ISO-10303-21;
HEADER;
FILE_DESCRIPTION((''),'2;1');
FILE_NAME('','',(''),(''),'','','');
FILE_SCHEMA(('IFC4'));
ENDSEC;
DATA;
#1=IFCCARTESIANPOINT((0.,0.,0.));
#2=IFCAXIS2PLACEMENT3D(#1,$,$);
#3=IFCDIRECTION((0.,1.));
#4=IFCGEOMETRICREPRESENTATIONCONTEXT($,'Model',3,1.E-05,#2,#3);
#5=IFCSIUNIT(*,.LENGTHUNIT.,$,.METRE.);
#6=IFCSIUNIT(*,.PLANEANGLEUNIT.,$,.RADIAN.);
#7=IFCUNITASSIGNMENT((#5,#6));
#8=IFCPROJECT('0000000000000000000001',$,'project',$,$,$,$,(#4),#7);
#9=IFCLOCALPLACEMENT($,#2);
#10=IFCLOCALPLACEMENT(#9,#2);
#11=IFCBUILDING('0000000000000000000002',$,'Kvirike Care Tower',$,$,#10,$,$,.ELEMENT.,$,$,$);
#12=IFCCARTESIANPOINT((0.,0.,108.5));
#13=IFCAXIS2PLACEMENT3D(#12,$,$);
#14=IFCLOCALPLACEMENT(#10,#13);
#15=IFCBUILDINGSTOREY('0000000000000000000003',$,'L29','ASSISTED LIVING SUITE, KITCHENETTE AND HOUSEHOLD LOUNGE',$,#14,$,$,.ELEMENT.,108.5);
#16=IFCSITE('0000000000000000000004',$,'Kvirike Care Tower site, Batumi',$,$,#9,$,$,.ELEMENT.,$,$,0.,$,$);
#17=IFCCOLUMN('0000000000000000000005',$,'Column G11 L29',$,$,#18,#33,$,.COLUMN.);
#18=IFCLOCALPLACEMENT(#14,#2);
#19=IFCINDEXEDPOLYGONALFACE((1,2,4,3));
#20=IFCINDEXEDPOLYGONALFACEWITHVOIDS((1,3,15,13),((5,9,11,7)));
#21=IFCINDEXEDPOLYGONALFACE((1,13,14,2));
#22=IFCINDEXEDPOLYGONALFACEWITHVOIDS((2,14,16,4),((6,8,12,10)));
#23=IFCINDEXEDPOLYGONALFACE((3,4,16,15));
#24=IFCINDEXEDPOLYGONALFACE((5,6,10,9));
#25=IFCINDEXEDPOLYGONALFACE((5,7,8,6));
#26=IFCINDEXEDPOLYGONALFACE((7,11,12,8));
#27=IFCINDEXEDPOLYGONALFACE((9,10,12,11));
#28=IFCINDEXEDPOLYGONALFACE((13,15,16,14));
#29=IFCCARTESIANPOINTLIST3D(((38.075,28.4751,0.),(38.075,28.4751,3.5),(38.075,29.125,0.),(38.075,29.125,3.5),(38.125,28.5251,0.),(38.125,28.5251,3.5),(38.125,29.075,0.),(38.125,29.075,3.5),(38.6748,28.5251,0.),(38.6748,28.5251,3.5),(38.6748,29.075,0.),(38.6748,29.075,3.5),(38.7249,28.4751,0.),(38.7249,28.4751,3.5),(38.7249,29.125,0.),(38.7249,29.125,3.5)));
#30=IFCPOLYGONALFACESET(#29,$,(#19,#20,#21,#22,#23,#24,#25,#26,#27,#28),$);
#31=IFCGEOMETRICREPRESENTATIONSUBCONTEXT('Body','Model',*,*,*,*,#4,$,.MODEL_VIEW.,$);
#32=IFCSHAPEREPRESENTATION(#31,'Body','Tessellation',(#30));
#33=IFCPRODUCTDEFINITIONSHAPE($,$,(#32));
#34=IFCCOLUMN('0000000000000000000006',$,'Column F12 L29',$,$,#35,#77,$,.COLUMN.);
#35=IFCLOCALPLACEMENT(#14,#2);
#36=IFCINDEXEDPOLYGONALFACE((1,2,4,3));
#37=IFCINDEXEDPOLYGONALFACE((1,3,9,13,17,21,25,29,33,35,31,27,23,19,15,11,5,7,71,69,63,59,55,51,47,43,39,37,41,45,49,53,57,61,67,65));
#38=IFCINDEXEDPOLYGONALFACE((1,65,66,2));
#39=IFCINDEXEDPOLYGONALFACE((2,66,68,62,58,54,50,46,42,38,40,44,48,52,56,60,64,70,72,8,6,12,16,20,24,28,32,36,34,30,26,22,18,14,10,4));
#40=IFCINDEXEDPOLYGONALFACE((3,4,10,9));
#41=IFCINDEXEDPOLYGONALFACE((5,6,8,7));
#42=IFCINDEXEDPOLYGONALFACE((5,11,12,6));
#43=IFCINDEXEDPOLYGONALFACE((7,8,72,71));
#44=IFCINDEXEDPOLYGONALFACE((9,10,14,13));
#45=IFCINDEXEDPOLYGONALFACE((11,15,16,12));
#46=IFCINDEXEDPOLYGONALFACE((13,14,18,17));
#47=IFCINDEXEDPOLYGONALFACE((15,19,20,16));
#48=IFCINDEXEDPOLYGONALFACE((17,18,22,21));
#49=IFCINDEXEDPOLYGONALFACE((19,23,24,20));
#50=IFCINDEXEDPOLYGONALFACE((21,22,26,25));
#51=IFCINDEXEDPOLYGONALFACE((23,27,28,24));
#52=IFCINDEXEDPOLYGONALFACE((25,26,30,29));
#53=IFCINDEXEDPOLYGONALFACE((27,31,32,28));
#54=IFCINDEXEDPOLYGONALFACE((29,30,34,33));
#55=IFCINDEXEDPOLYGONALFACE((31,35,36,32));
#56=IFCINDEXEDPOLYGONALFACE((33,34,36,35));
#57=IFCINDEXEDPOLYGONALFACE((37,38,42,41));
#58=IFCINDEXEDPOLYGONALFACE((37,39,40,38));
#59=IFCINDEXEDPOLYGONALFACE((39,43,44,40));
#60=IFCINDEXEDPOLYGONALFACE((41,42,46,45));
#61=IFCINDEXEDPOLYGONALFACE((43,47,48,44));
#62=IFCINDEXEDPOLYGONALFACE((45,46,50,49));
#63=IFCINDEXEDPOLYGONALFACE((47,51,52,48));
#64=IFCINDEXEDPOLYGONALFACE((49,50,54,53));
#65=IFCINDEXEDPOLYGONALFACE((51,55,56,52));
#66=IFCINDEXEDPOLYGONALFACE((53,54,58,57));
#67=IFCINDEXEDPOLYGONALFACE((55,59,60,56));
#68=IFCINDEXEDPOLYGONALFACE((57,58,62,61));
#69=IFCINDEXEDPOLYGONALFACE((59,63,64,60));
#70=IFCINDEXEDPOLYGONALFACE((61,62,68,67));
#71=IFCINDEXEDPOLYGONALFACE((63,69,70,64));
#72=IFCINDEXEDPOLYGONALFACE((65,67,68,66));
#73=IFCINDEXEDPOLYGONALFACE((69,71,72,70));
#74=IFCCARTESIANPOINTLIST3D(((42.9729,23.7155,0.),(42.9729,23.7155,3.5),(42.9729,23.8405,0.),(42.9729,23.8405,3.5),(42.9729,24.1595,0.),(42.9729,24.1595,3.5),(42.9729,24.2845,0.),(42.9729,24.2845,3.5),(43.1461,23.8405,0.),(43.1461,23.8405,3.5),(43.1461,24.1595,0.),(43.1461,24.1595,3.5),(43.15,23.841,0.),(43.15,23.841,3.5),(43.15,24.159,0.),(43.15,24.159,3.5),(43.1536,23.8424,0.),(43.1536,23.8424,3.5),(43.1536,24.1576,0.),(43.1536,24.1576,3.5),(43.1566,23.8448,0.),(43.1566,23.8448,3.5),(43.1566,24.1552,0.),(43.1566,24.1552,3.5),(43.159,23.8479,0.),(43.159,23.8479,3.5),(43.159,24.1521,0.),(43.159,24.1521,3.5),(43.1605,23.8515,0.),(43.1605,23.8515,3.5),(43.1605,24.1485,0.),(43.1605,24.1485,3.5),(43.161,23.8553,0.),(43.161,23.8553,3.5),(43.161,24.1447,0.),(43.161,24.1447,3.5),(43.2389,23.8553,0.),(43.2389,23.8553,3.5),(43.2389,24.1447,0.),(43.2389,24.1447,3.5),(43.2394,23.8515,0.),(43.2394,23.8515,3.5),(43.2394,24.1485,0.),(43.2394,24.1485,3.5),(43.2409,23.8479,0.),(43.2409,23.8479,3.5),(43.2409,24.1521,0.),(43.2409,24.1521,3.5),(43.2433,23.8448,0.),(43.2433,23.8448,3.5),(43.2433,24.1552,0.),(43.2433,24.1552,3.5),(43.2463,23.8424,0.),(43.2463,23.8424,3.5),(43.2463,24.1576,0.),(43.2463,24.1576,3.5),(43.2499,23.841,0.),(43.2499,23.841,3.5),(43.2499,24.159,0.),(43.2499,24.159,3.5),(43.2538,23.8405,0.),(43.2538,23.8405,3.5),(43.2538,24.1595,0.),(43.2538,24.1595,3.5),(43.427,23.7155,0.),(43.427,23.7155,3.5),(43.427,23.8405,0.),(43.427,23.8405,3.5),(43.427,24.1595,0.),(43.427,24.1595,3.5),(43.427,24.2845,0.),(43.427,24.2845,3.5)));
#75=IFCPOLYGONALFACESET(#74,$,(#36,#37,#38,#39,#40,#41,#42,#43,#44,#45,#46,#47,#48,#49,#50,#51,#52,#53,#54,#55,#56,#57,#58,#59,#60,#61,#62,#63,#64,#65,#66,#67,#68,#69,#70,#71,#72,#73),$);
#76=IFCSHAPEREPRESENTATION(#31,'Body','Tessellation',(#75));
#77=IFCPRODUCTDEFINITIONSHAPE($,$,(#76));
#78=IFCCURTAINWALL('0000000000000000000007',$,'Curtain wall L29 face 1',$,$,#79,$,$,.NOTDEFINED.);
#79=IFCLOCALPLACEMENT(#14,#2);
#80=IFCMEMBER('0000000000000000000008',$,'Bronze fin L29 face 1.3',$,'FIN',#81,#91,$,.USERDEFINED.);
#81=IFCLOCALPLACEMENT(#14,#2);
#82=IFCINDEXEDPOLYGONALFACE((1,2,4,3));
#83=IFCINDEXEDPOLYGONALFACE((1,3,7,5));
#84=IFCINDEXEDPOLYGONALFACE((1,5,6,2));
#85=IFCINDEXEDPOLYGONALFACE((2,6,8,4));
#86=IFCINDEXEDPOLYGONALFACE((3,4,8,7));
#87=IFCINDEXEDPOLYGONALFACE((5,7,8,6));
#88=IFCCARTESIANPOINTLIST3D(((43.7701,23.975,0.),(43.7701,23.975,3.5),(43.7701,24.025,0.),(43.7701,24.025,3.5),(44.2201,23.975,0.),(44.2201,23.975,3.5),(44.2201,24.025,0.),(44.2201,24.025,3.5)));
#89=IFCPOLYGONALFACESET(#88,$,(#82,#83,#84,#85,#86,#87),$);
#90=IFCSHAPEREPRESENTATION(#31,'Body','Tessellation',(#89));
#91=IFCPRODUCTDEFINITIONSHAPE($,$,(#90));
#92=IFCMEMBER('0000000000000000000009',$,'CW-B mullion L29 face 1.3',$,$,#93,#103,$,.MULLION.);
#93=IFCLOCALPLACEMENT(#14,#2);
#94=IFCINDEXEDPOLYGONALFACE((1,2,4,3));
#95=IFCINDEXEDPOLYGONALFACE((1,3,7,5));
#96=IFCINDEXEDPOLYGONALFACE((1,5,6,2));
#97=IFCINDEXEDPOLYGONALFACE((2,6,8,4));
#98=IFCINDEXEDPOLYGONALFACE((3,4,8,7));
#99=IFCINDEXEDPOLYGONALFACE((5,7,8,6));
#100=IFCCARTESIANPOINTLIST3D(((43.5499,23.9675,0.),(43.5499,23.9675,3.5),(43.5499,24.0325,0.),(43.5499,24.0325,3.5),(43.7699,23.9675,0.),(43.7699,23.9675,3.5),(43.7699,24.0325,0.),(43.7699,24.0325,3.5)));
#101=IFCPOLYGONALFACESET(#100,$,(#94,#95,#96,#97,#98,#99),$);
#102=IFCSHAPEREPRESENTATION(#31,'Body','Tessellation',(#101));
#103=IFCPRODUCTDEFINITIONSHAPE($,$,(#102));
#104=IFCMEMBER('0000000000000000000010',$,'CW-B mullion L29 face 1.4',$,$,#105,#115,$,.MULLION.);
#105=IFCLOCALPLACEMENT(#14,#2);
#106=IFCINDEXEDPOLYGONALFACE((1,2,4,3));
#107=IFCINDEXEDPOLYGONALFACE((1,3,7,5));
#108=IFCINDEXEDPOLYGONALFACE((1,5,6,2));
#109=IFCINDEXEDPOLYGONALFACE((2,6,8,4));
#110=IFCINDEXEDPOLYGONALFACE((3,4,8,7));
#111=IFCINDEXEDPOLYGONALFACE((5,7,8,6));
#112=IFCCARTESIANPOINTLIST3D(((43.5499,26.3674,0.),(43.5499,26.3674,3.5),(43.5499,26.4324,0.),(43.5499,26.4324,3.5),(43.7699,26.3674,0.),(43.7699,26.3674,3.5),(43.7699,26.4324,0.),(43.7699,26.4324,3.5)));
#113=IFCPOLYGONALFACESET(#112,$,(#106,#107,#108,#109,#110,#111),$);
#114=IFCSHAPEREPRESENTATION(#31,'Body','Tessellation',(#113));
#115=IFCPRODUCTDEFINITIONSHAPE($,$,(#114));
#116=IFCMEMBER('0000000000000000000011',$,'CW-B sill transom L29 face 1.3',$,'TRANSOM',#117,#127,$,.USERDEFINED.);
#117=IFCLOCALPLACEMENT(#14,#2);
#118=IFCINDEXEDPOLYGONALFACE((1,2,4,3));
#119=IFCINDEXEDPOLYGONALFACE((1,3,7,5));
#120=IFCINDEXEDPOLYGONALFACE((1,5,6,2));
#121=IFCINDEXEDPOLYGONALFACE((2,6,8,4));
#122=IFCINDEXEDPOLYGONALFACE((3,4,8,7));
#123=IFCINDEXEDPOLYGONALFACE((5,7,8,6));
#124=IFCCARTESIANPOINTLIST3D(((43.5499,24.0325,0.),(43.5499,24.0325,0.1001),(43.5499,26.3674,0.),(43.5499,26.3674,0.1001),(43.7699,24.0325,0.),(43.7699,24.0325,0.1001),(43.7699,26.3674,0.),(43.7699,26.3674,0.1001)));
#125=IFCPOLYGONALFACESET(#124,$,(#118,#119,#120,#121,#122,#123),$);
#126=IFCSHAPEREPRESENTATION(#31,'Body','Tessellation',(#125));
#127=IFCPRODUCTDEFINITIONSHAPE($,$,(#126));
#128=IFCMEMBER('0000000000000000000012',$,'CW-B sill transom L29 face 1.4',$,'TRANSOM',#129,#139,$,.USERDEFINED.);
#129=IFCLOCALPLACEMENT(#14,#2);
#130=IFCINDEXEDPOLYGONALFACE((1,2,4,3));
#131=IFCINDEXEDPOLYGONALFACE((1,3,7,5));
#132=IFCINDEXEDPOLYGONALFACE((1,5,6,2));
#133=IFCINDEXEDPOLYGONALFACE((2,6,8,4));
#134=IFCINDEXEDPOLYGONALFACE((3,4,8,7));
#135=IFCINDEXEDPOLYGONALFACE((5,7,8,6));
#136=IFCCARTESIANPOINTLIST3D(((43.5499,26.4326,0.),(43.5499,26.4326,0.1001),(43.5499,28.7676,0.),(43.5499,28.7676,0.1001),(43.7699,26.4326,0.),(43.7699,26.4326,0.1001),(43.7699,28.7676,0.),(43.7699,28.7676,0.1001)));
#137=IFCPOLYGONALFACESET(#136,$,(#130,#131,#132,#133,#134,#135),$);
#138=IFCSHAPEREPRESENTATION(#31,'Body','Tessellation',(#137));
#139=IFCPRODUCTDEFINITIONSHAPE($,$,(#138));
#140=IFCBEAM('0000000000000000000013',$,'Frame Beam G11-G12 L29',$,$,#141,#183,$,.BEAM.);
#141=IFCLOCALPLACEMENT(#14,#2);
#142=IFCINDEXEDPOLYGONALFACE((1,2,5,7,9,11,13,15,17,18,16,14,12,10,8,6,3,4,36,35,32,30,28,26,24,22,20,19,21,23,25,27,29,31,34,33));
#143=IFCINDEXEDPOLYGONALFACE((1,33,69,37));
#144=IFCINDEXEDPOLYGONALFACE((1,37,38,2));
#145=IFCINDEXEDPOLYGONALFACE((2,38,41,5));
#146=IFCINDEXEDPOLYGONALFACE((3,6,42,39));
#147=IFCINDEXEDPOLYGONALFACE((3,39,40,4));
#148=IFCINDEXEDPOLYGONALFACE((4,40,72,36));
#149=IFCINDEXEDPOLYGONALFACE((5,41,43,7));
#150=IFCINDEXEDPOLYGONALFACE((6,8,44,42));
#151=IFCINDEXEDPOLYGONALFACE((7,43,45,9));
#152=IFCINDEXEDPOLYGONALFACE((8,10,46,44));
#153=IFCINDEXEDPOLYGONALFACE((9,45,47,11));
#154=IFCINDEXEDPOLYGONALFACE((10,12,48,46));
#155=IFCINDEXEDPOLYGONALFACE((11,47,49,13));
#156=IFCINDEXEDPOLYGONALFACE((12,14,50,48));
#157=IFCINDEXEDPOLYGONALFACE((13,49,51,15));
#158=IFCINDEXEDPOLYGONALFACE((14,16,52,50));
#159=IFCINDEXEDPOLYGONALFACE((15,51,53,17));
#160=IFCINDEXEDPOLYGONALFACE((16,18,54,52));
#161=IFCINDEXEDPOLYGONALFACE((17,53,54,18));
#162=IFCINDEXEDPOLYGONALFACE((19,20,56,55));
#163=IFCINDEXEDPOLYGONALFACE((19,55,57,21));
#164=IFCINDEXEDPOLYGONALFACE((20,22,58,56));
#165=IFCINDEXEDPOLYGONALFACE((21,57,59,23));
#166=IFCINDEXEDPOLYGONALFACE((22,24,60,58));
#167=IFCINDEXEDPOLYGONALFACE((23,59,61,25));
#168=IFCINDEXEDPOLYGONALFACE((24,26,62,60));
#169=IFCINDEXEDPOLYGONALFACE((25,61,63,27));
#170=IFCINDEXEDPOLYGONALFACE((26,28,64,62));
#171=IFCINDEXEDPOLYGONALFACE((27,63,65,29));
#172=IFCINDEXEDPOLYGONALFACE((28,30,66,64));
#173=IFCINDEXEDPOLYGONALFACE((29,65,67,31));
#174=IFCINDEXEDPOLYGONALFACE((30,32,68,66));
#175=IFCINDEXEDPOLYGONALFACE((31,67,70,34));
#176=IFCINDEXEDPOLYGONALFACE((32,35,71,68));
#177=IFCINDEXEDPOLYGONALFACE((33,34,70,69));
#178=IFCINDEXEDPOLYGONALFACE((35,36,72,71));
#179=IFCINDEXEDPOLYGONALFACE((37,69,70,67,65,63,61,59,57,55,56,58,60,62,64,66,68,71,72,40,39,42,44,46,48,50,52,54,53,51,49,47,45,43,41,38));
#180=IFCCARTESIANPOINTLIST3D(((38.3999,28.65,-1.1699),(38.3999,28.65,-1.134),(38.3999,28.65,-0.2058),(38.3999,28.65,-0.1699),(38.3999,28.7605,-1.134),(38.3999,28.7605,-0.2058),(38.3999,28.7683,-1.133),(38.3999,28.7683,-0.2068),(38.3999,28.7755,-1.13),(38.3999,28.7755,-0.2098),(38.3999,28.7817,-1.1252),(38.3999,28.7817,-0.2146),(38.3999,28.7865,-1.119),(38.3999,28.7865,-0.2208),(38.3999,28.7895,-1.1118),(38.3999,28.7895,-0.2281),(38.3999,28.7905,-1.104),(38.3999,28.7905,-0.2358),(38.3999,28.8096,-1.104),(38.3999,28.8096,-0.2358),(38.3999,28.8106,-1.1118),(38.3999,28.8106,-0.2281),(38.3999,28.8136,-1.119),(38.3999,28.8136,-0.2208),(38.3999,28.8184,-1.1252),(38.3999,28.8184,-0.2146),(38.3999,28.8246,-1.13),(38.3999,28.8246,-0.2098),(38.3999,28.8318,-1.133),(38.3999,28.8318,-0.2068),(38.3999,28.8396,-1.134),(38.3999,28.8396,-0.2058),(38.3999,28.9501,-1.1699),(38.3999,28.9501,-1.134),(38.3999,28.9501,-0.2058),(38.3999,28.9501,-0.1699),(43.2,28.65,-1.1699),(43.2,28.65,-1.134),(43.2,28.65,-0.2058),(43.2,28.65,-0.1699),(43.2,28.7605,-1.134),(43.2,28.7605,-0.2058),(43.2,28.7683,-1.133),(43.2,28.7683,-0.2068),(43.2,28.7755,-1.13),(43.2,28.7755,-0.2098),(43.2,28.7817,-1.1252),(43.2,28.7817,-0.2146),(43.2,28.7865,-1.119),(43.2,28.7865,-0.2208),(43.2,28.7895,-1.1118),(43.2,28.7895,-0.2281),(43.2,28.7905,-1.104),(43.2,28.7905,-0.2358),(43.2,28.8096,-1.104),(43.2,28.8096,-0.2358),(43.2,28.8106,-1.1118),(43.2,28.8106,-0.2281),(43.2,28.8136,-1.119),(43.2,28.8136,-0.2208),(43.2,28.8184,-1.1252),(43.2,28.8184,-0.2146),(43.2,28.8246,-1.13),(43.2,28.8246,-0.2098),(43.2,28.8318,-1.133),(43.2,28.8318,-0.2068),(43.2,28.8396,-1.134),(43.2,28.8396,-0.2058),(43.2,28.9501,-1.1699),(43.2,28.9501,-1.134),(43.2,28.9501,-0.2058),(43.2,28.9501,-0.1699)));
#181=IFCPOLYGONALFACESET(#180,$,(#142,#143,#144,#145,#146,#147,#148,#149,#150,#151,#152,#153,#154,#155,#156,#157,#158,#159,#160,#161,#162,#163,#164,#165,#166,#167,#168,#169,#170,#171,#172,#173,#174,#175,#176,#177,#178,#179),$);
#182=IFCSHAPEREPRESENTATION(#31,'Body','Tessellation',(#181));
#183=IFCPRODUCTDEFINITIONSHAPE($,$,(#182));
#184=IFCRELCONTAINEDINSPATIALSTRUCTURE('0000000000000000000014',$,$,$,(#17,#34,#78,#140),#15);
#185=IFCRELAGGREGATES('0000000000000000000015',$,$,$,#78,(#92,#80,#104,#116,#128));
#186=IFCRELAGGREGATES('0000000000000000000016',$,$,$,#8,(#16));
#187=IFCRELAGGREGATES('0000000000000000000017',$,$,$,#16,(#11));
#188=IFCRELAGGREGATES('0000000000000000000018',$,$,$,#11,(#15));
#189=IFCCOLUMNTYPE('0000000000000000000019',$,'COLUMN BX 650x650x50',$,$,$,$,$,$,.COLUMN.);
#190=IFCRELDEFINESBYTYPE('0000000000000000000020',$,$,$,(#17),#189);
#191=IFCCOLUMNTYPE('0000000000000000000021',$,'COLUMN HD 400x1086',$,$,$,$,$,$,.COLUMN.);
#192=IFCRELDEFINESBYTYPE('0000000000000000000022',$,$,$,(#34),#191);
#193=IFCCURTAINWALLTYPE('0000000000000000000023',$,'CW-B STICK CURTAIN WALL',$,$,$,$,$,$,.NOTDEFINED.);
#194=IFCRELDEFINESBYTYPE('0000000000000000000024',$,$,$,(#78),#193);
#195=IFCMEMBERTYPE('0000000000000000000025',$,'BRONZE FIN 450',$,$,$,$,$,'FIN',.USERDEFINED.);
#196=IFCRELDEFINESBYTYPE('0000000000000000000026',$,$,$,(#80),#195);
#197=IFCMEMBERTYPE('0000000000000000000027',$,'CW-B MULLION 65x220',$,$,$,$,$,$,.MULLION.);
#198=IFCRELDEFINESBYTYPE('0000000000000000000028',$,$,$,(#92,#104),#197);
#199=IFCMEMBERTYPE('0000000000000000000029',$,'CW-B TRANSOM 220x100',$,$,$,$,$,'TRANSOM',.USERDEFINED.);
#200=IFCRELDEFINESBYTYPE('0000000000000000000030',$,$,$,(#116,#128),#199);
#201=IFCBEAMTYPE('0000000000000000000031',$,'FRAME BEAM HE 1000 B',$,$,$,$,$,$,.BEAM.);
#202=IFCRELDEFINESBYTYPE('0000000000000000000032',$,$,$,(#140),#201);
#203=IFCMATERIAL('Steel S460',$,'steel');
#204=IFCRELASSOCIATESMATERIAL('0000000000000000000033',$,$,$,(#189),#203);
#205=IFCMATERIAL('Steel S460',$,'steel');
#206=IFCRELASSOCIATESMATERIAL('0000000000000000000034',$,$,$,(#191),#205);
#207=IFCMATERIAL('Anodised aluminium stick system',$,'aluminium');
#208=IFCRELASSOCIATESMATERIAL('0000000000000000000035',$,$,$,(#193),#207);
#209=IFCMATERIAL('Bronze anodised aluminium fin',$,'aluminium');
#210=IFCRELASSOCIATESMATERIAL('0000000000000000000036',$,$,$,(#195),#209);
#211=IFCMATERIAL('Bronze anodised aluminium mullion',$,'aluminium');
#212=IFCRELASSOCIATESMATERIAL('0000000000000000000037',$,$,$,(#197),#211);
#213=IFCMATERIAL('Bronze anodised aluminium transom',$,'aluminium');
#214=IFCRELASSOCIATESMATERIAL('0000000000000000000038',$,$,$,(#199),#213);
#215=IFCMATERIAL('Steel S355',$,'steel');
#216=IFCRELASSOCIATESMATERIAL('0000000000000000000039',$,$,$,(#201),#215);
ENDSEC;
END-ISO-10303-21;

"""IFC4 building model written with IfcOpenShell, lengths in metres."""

from ifc_helpers import new_model, si_unit, direction, frame, origin, origin_2d, place, context, subcontext, project, spatial, rectangle, hollow_rectangle, i_section, extrude, material, material_profile, profile_set, type_object, element, aggregate, save


model = new_model("IFC4")

# Units and contexts
model_context = context("Model", 3, precision=1e-05, world=origin(), true_north=direction((0.0, 1.0)))
body_context = subcontext(model_context, "Body", "Model", "MODEL_VIEW")
ifc_project = project(units=[si_unit("LENGTHUNIT", "METRE"), si_unit("PLANEANGLEUNIT", "RADIAN")], contexts=[model_context])

# Site, building, storey
site_placement = place(None, origin())
site = spatial("IfcSite", under=ifc_project, at=site_placement, Name="Kvirike Care Tower site, Batumi", CompositionType="ELEMENT", RefElevation=0.0)
building_placement = place(site_placement, origin())
building = spatial("IfcBuilding", under=site, at=building_placement, Name="Kvirike Care Tower", CompositionType="ELEMENT")
storey_placement = place(building_placement, frame((0.0, 0.0, 108.5)))
storey = spatial("IfcBuildingStorey", under=building, at=storey_placement, Name="L29", Description="ASSISTED LIVING SUITE, KITCHENETTE AND HOUSEHOLD LOUNGE", CompositionType="ELEMENT", Elevation=108.5)

# Columns
ifc_material_1 = material(Name="Steel S460", Category="steel")
ifc_material_profile_1 = material_profile(ifc_material_1, hollow_rectangle(XDim=0.6499, YDim=0.6499, WallThickness=0.05, at=origin_2d()), Name="BX 650x650x50")
ifc_profile_set_1 = profile_set([ifc_material_profile_1], Name="Steel S460")
column_type_1 = type_object("IfcColumnType", Name="COLUMN BX 650x650x50", PredefinedType="COLUMN", material=ifc_profile_set_1)
column_1_placement = place(storey_placement, frame((38.3999, 28.8, 0.0), z_axis=(0.0, 0.0, 1.0), x_axis=(0.0, 1.0, 0.0)))
element("IfcColumn", 1, at=column_1_placement, inside=storey, type_object=column_type_1, Name="Column G11 L29", PredefinedType="COLUMN", context=body_context, shape_type="SweptSolid", body=[
    extrude(hollow_rectangle(XDim=0.6499, YDim=0.6499, WallThickness=0.05, at=origin_2d()), origin(), (0.0, 0.0, 1.0), 3.5),
])
ifc_material_2 = material(Name="Steel S460", Category="steel")
ifc_material_profile_2 = material_profile(ifc_material_2, i_section(OverallWidth=0.4541, OverallDepth=0.5691, WebThickness=0.0779, FlangeThickness=0.125, FilletRadius=0.0149, at=origin_2d()), Name="HD 400x1086")
ifc_profile_set_2 = profile_set([ifc_material_profile_2], Name="Steel S460")
column_type_2 = type_object("IfcColumnType", Name="COLUMN HD 400x1086", PredefinedType="COLUMN", material=ifc_profile_set_2)
column_2_placement = place(storey_placement, frame((43.2, 24.0, 0.0), z_axis=(0.0, 0.0, 1.0), x_axis=(1.0, 0.0, 0.0)))
element("IfcColumn", 2, at=column_2_placement, inside=storey, type_object=column_type_2, Name="Column F12 L29", PredefinedType="COLUMN", context=body_context, shape_type="SweptSolid", body=[
    extrude(i_section(OverallWidth=0.4541, OverallDepth=0.5691, WebThickness=0.0779, FlangeThickness=0.125, FilletRadius=0.0149, at=origin_2d()), origin(), (0.0, 0.0, 1.0), 3.5),
])

# Curtain wall, members
ifc_material_3 = material(Name="Anodised aluminium stick system", Category="aluminium")
curtain_wall_type = type_object("IfcCurtainWallType", Name="CW-B STICK CURTAIN WALL", PredefinedType="NOTDEFINED", material=ifc_material_3)
curtain_wall_placement = place(storey_placement, origin())
curtain_wall = element("IfcCurtainWall", 3, at=curtain_wall_placement, inside=storey, type_object=curtain_wall_type, Name="Curtain wall L29 face 1", PredefinedType="NOTDEFINED")
ifc_material_4 = material(Name="Bronze anodised aluminium fin", Category="aluminium")
ifc_material_profile_3 = material_profile(ifc_material_4, rectangle(XDim=0.05, YDim=0.45, at=origin_2d()), Name="BRONZE FIN 450")
ifc_profile_set_3 = profile_set([ifc_material_profile_3], Name="Bronze anodised aluminium fin")
member_type_1 = type_object("IfcMemberType", Name="BRONZE FIN 450", ElementType="FIN", PredefinedType="USERDEFINED", material=ifc_profile_set_3)
member_1_placement = place(storey_placement, frame((43.9951, 24.0, 0.0), z_axis=(0.0, 0.0, 1.0), x_axis=(0.0, 1.0, 0.0)))
member_1 = element("IfcMember", 4, at=member_1_placement, type_object=member_type_1, Name="Bronze fin L29 face 1.3", ObjectType="FIN", PredefinedType="USERDEFINED", context=body_context, shape_type="SweptSolid", body=[
    extrude(rectangle(XDim=0.05, YDim=0.45, at=origin_2d()), origin(), (0.0, 0.0, 1.0), 3.5),
])
ifc_material_5 = material(Name="Bronze anodised aluminium mullion", Category="aluminium")
ifc_material_profile_4 = material_profile(ifc_material_5, rectangle(XDim=0.0649, YDim=0.22, at=origin_2d()), Name="CW-B MULLION 65x220")
ifc_profile_set_4 = profile_set([ifc_material_profile_4], Name="Bronze anodised aluminium mullion")
member_type_2 = type_object("IfcMemberType", Name="CW-B MULLION 65x220", PredefinedType="MULLION", material=ifc_profile_set_4)
member_2_placement = place(storey_placement, frame((43.6599, 24.0, 0.0), z_axis=(0.0, 0.0, 1.0), x_axis=(0.0, 1.0, 0.0)))
member_2 = element("IfcMember", 5, at=member_2_placement, type_object=member_type_2, Name="CW-B mullion L29 face 1.3", PredefinedType="MULLION", context=body_context, shape_type="SweptSolid", body=[
    extrude(rectangle(XDim=0.0649, YDim=0.22, at=origin_2d()), origin(), (0.0, 0.0, 1.0), 3.5),
])
member_3_placement = place(storey_placement, frame((43.6599, 26.3999, 0.0), z_axis=(0.0, 0.0, 1.0), x_axis=(0.0, 1.0, 0.0)))
member_3 = element("IfcMember", 6, at=member_3_placement, type_object=member_type_2, Name="CW-B mullion L29 face 1.4", PredefinedType="MULLION", context=body_context, shape_type="SweptSolid", body=[
    extrude(rectangle(XDim=0.0649, YDim=0.22, at=origin_2d()), origin(), (0.0, 0.0, 1.0), 3.5),
])
ifc_material_6 = material(Name="Bronze anodised aluminium transom", Category="aluminium")
ifc_material_profile_5 = material_profile(ifc_material_6, rectangle(XDim=0.22, YDim=0.1001, at=origin_2d()), Name="CW-B TRANSOM 220x100")
ifc_profile_set_5 = profile_set([ifc_material_profile_5], Name="Bronze anodised aluminium transom")
member_type_3 = type_object("IfcMemberType", Name="CW-B TRANSOM 220x100", ElementType="TRANSOM", PredefinedType="USERDEFINED", material=ifc_profile_set_5)
member_4_placement = place(storey_placement, frame((43.6599, 24.0325, 0.05), z_axis=(0.0, 1.0, 0.0), x_axis=(-1.0, 0.0, 0.0)))
member_4 = element("IfcMember", 7, at=member_4_placement, type_object=member_type_3, Name="CW-B sill transom L29 face 1.3", ObjectType="TRANSOM", PredefinedType="USERDEFINED", context=body_context, shape_type="SweptSolid", body=[
    extrude(rectangle(XDim=0.22, YDim=0.1001, at=origin_2d()), origin(), (0.0, 0.0, 1.0), 2.335),
])
member_5_placement = place(storey_placement, frame((43.6599, 26.4326, 0.05), z_axis=(0.0, 1.0, 0.0), x_axis=(-1.0, 0.0, 0.0)))
member_5 = element("IfcMember", 8, at=member_5_placement, type_object=member_type_3, Name="CW-B sill transom L29 face 1.4", ObjectType="TRANSOM", PredefinedType="USERDEFINED", context=body_context, shape_type="SweptSolid", body=[
    extrude(rectangle(XDim=0.22, YDim=0.1001, at=origin_2d()), origin(), (0.0, 0.0, 1.0), 2.335),
])

# Beam
ifc_material_7 = material(Name="Steel S355", Category="steel")
ifc_material_profile_6 = material_profile(ifc_material_7, i_section(OverallWidth=0.3, OverallDepth=1.0, WebThickness=0.019, FlangeThickness=0.0359, FilletRadius=0.03, at=origin_2d()), Name="HE 1000 B")
ifc_profile_set_6 = profile_set([ifc_material_profile_6], Name="Steel S355")
beam_type_1 = type_object("IfcBeamType", Name="FRAME BEAM HE 1000 B", PredefinedType="BEAM", material=ifc_profile_set_6)
beam_1_placement = place(storey_placement, frame((38.3999, 28.8, -0.6699), z_axis=(1.0, 0.0, 0.0), x_axis=(0.0, 1.0, 0.0)))
element("IfcBeam", 9, at=beam_1_placement, inside=storey, type_object=beam_type_1, Name="Frame Beam G11-G12 L29", PredefinedType="BEAM", context=body_context, shape_type="SweptSolid", body=[
    extrude(i_section(OverallWidth=0.3, OverallDepth=1.0, WebThickness=0.019, FlangeThickness=0.0359, FilletRadius=0.03, at=origin_2d()), origin(), (0.0, 0.0, 1.0), 4.8),
])

aggregate(curtain_wall, [member_2, member_1, member_3, member_4, member_5])

save(model, "model.ifc")
